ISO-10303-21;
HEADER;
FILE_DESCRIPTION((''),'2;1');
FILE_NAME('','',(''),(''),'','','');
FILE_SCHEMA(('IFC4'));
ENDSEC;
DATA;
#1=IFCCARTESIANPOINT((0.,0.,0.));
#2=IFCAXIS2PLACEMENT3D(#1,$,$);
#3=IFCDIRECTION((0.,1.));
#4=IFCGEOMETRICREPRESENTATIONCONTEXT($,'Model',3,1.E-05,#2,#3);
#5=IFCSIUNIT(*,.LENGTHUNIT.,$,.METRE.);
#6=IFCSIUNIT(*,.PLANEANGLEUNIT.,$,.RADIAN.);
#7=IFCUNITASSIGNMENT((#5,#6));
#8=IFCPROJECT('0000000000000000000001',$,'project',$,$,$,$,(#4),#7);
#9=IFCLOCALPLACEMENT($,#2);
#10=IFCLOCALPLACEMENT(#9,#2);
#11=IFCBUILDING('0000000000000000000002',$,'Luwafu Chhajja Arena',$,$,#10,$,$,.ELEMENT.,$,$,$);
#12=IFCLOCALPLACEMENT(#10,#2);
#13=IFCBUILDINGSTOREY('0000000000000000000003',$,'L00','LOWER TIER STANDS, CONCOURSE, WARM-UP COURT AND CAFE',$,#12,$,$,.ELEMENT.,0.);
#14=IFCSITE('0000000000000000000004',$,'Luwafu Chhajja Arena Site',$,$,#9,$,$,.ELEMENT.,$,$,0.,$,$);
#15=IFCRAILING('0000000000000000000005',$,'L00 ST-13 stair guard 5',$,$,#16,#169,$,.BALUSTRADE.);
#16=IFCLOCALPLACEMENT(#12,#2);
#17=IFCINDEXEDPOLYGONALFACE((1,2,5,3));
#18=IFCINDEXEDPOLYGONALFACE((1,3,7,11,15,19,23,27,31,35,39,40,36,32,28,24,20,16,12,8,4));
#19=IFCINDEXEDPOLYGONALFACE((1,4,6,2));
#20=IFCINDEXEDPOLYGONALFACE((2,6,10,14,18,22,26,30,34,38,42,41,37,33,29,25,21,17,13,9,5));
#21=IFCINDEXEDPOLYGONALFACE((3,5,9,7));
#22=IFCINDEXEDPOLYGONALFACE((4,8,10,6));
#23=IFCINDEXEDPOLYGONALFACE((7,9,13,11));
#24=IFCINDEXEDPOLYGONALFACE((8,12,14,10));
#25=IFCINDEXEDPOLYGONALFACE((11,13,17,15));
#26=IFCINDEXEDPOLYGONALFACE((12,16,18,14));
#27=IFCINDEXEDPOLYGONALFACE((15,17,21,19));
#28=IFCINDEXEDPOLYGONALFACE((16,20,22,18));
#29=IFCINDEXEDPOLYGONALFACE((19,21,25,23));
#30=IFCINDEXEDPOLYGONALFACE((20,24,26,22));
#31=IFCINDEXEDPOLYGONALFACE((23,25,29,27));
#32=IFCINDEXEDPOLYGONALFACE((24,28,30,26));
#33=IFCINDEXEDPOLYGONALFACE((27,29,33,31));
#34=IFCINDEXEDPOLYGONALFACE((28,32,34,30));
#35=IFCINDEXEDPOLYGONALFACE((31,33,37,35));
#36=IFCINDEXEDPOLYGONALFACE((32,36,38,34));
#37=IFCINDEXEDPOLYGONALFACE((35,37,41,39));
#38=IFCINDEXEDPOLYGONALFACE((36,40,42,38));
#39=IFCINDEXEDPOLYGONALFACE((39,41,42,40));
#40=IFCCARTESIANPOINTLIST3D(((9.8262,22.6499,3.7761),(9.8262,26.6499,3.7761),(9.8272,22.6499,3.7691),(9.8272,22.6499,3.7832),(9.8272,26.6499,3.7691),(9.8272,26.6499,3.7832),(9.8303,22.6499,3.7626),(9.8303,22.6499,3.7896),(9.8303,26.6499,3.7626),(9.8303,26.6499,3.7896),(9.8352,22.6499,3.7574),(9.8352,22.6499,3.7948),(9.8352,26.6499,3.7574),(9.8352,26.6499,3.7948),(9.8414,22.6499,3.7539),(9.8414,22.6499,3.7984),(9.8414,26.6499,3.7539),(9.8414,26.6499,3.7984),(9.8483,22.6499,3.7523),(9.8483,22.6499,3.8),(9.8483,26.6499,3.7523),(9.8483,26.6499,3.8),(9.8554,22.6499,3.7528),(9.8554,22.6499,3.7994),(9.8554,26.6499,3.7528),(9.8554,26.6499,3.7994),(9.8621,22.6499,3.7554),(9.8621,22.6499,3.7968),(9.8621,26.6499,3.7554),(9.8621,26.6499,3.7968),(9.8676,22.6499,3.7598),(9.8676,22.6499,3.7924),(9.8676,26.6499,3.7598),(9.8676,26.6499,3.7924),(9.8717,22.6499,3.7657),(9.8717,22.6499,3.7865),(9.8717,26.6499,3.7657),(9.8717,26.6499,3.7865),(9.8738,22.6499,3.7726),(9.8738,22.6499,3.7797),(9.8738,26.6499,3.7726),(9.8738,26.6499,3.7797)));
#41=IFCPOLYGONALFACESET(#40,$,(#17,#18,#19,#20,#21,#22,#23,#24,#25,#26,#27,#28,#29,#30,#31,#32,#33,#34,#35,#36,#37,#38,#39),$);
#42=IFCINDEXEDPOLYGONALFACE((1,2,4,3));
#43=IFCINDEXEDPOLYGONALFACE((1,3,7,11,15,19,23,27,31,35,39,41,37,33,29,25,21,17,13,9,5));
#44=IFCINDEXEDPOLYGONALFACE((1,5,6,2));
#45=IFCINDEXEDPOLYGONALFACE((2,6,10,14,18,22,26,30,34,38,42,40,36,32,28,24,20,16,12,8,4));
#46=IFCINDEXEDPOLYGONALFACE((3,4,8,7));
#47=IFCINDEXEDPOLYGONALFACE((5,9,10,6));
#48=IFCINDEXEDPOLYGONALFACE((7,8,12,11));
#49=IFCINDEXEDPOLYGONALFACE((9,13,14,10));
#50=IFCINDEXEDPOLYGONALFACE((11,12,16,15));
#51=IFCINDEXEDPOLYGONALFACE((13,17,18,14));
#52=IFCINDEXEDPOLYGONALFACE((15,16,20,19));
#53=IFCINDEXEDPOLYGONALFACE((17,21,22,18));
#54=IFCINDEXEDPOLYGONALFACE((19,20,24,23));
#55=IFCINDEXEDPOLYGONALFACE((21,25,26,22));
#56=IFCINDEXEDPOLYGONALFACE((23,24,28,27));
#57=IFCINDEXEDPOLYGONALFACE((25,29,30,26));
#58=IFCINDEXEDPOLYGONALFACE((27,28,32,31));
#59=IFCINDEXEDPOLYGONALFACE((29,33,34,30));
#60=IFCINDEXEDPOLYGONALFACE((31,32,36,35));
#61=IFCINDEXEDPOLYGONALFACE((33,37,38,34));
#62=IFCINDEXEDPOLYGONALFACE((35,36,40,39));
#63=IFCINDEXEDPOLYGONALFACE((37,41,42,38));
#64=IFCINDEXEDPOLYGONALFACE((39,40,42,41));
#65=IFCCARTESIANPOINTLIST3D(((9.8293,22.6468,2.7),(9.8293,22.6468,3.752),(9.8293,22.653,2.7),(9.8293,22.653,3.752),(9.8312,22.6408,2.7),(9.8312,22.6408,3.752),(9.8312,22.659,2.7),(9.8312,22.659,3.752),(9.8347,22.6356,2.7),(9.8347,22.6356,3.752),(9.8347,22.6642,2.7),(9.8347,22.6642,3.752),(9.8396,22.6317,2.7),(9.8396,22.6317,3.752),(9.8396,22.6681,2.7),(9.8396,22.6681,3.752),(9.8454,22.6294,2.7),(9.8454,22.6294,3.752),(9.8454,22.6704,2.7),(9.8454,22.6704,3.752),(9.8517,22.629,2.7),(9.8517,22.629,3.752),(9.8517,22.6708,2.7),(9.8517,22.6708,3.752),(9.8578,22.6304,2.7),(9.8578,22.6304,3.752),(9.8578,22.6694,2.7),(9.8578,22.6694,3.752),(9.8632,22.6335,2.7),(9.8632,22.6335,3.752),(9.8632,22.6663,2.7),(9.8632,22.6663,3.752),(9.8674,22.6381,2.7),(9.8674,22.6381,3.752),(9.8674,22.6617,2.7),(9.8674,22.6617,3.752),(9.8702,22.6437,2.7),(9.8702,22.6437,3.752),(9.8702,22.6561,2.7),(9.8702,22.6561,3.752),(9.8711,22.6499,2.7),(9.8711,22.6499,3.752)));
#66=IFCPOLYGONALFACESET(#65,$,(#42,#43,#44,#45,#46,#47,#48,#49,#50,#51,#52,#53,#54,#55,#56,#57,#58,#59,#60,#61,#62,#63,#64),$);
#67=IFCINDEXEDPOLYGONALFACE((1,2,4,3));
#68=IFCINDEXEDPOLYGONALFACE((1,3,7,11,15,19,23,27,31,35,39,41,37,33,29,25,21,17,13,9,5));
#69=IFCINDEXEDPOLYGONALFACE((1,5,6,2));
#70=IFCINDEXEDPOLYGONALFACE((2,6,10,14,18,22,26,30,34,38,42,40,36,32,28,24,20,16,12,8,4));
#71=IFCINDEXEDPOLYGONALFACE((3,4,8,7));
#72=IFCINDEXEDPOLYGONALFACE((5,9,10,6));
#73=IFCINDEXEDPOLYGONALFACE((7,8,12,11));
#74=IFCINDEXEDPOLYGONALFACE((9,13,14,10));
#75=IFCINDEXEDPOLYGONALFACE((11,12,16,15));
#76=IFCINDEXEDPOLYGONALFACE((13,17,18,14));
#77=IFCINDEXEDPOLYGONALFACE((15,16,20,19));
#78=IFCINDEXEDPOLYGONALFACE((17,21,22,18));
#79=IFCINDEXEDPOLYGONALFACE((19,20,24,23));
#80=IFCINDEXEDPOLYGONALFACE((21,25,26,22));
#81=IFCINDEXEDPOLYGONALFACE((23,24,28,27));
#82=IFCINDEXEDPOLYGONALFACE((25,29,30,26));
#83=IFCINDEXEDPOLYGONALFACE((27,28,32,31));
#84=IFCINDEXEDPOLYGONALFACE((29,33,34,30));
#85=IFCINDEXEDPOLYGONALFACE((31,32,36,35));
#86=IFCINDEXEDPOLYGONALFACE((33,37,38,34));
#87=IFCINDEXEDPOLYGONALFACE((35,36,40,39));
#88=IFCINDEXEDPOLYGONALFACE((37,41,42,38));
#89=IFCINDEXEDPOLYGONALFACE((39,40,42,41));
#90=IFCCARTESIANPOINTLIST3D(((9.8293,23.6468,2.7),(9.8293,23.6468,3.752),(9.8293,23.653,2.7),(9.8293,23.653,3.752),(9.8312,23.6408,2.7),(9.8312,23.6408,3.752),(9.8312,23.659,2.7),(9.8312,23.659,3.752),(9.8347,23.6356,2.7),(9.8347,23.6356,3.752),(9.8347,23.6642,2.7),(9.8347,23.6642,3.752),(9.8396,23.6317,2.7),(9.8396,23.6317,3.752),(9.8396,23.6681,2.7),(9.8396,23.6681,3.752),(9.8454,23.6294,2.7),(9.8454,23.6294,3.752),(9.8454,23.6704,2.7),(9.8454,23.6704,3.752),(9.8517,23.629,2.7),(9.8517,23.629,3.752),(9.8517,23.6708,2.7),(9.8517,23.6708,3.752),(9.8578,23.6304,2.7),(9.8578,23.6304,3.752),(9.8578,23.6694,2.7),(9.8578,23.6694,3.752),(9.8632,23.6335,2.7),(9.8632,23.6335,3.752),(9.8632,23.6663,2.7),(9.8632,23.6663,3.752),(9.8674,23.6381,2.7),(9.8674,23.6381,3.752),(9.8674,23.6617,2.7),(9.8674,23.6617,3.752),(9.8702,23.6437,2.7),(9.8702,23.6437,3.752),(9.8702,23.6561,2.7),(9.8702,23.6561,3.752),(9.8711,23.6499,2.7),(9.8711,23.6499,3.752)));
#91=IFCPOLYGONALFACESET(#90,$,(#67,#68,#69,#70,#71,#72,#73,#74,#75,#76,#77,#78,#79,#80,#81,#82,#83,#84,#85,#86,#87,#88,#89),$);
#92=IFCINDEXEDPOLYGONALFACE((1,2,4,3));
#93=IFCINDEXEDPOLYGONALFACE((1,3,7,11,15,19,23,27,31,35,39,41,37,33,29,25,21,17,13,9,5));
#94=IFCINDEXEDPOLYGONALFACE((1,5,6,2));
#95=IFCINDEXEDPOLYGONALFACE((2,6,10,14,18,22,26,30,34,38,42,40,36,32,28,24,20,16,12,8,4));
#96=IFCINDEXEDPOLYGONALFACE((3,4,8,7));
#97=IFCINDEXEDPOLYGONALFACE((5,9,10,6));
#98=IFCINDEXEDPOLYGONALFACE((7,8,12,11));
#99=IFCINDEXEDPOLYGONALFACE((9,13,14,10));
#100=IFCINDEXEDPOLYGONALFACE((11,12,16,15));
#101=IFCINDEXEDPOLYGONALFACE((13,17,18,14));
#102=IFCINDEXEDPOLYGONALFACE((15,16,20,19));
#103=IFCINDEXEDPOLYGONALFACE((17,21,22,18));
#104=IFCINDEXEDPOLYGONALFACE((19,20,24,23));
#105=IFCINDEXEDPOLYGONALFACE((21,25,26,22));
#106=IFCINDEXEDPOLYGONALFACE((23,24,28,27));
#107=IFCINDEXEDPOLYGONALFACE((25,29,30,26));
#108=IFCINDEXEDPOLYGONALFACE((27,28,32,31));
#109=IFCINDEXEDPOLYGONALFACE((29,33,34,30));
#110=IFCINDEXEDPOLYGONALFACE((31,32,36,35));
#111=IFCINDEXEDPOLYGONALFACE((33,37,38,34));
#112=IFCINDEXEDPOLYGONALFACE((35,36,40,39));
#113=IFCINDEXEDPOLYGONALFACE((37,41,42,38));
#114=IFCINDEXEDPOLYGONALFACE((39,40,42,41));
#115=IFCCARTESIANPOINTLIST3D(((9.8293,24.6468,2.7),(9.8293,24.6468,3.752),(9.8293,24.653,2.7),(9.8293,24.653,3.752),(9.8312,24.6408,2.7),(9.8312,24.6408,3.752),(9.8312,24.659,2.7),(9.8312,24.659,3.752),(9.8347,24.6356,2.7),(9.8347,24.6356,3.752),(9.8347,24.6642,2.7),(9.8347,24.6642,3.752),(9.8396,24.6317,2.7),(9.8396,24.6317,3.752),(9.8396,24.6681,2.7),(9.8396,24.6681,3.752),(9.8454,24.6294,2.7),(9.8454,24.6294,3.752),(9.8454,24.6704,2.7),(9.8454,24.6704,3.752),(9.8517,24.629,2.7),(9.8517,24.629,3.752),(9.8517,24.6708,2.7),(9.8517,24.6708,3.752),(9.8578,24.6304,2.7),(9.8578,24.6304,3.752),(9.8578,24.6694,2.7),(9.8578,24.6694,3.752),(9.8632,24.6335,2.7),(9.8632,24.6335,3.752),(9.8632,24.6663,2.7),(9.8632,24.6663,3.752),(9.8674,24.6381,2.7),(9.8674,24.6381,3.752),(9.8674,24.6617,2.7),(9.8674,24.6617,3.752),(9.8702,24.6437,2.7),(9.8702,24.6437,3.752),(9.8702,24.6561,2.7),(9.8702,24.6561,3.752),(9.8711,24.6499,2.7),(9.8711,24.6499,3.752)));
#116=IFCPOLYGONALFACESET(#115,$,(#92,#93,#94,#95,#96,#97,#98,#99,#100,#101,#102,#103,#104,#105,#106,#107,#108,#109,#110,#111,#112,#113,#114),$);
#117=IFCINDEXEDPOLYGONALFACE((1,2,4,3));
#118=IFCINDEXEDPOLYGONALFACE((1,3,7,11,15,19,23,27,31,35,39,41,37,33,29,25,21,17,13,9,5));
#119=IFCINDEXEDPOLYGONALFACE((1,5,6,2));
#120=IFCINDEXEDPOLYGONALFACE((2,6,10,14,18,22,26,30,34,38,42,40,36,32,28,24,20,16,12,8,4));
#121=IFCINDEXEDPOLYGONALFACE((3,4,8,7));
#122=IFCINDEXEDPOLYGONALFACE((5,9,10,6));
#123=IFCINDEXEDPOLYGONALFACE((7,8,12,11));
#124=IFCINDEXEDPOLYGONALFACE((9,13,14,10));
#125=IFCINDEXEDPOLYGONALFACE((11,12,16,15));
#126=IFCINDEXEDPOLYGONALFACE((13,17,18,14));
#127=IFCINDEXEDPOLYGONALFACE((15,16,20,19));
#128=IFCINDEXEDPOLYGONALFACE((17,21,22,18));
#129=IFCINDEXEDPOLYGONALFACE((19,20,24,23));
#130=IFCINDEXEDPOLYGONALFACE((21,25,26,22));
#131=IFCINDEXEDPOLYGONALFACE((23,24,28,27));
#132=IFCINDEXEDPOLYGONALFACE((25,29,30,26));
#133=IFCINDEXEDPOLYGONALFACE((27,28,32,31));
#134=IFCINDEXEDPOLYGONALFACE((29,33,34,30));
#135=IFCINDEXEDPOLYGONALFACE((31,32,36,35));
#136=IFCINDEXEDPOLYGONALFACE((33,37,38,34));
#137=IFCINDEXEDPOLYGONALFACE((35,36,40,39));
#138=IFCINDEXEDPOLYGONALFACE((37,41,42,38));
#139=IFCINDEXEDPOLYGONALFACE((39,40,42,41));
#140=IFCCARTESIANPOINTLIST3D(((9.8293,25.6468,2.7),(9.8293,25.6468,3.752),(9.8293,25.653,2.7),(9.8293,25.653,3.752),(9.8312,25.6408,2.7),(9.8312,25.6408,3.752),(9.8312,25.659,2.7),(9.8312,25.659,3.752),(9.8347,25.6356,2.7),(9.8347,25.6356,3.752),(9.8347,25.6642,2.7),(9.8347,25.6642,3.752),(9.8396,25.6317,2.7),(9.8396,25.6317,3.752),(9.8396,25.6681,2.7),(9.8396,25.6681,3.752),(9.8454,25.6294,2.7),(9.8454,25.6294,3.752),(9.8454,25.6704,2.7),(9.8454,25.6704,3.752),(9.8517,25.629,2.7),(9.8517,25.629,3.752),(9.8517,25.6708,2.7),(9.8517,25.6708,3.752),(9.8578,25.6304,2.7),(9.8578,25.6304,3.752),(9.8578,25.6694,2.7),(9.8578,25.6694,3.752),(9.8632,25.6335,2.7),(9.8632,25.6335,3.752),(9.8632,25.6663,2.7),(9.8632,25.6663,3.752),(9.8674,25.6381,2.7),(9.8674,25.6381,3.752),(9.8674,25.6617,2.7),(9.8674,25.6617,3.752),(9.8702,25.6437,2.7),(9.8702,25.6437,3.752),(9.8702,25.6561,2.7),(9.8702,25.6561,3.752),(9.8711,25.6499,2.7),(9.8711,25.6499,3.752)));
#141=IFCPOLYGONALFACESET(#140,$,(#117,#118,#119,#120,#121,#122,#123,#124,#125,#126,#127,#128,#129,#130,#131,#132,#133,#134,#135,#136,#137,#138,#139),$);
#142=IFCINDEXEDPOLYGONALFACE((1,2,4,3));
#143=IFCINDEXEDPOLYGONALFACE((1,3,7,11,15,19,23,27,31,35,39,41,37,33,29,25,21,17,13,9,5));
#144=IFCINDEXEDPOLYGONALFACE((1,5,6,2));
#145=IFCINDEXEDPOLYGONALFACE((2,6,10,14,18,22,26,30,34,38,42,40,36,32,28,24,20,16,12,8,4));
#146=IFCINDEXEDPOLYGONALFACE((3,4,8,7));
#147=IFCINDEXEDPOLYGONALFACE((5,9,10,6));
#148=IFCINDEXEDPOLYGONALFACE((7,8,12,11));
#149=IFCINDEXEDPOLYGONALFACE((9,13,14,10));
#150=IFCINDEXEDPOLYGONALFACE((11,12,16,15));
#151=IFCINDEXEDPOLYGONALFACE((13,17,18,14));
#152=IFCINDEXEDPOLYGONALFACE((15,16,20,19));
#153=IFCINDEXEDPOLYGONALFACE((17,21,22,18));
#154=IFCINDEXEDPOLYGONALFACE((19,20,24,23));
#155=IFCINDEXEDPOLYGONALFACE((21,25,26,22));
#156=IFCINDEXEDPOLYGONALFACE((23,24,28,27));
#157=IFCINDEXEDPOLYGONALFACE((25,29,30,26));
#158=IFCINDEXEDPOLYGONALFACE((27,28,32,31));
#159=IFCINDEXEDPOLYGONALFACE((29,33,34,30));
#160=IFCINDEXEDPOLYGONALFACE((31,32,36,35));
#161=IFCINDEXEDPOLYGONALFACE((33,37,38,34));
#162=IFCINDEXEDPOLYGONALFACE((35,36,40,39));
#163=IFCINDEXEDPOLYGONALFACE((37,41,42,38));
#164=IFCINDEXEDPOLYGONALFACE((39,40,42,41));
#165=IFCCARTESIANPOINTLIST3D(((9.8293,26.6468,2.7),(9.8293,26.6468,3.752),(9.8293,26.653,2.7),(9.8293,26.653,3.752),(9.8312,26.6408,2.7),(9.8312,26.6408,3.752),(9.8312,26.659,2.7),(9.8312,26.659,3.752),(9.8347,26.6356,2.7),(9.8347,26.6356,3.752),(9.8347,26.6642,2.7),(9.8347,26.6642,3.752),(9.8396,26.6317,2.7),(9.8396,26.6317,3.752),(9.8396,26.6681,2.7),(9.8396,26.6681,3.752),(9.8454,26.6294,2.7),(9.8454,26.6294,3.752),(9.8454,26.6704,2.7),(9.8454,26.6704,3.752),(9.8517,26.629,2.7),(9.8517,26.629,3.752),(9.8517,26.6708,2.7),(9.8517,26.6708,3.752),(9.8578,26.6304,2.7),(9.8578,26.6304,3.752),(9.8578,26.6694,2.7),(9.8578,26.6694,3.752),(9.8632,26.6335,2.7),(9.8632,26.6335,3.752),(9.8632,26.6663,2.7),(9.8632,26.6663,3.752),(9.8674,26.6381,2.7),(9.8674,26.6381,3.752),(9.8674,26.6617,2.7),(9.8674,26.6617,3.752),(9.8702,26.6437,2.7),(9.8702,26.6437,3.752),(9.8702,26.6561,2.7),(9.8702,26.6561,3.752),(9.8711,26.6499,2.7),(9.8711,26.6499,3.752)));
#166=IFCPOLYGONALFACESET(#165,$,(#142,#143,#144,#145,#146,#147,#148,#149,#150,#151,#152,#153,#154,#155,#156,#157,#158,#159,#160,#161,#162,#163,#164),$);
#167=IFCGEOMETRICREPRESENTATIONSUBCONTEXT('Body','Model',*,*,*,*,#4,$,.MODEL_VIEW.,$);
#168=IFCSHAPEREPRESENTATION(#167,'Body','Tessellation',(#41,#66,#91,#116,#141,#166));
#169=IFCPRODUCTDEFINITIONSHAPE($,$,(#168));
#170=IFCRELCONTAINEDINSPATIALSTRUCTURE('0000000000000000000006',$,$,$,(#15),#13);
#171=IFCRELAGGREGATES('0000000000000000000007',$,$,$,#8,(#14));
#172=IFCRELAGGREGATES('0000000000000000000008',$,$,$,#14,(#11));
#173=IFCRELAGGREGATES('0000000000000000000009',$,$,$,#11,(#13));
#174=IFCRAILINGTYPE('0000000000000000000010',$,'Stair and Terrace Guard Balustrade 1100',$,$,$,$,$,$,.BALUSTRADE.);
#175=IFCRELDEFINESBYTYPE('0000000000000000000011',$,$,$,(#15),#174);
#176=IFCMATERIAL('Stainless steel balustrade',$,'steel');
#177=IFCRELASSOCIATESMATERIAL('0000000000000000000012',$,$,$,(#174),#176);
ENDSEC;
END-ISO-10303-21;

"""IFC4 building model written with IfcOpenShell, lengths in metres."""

from ifc_helpers import new_model, si_unit, direction, frame, origin, origin_2d, place, context, subcontext, project, spatial, circle, extrude, material, type_object, element, save


model = new_model("IFC4")

# Units and contexts
model_context = context("Model", 3, precision=1e-05, world=origin(), true_north=direction((0.0, 1.0)))
body_context = subcontext(model_context, "Body", "Model", "MODEL_VIEW")
ifc_project = project(units=[si_unit("LENGTHUNIT", "METRE"), si_unit("PLANEANGLEUNIT", "RADIAN")], contexts=[model_context])

# Site, building, storey
site_placement = place(None, origin())
site = spatial("IfcSite", under=ifc_project, at=site_placement, Name="Luwafu Chhajja Arena Site", CompositionType="ELEMENT", RefElevation=0.0)
building_placement = place(site_placement, origin())
building = spatial("IfcBuilding", under=site, at=building_placement, Name="Luwafu Chhajja Arena", CompositionType="ELEMENT")
storey_placement = place(building_placement, origin())
storey = spatial("IfcBuildingStorey", under=building, at=storey_placement, Name="L00", Description="LOWER TIER STANDS, CONCOURSE, WARM-UP COURT AND CAFE", CompositionType="ELEMENT", Elevation=0.0)

# Railing
ifc_material_1 = material(Name="Stainless steel balustrade", Category="steel")
railing_type_1 = type_object("IfcRailingType", Name="Stair and Terrace Guard Balustrade 1100", PredefinedType="BALUSTRADE", material=ifc_material_1)
railing_1_placement = place(storey_placement, frame((9.8501, 22.6499, 2.7)))
element("IfcRailing", 1, at=railing_1_placement, inside=storey, type_object=railing_type_1, Name="L00 ST-13 stair guard 5", PredefinedType="BALUSTRADE", context=body_context, shape_type="SweptSolid", body=[
    extrude(circle(Radius=0.0239, at=origin_2d()), frame((0.0, 0.0, 1.0762), z_axis=(0.0, 1.0, 0.0), x_axis=(-1.0, 0.0, 0.0)), (0.0, 0.0, 1.0), 4.0),
    extrude(circle(Radius=0.021, at=origin_2d()), origin(), (0.0, 0.0, 1.0), 1.052),
    extrude(circle(Radius=0.021, at=origin_2d()), frame((0.0, 1.0, 0.0)), (0.0, 0.0, 1.0), 1.052),
    extrude(circle(Radius=0.021, at=origin_2d()), frame((0.0, 2.0, 0.0)), (0.0, 0.0, 1.0), 1.052),
    extrude(circle(Radius=0.021, at=origin_2d()), frame((0.0, 3.0, 0.0)), (0.0, 0.0, 1.0), 1.052),
    extrude(circle(Radius=0.021, at=origin_2d()), frame((0.0, 4.0, 0.0)), (0.0, 0.0, 1.0), 1.052),
])

save(model, "model.ifc")
